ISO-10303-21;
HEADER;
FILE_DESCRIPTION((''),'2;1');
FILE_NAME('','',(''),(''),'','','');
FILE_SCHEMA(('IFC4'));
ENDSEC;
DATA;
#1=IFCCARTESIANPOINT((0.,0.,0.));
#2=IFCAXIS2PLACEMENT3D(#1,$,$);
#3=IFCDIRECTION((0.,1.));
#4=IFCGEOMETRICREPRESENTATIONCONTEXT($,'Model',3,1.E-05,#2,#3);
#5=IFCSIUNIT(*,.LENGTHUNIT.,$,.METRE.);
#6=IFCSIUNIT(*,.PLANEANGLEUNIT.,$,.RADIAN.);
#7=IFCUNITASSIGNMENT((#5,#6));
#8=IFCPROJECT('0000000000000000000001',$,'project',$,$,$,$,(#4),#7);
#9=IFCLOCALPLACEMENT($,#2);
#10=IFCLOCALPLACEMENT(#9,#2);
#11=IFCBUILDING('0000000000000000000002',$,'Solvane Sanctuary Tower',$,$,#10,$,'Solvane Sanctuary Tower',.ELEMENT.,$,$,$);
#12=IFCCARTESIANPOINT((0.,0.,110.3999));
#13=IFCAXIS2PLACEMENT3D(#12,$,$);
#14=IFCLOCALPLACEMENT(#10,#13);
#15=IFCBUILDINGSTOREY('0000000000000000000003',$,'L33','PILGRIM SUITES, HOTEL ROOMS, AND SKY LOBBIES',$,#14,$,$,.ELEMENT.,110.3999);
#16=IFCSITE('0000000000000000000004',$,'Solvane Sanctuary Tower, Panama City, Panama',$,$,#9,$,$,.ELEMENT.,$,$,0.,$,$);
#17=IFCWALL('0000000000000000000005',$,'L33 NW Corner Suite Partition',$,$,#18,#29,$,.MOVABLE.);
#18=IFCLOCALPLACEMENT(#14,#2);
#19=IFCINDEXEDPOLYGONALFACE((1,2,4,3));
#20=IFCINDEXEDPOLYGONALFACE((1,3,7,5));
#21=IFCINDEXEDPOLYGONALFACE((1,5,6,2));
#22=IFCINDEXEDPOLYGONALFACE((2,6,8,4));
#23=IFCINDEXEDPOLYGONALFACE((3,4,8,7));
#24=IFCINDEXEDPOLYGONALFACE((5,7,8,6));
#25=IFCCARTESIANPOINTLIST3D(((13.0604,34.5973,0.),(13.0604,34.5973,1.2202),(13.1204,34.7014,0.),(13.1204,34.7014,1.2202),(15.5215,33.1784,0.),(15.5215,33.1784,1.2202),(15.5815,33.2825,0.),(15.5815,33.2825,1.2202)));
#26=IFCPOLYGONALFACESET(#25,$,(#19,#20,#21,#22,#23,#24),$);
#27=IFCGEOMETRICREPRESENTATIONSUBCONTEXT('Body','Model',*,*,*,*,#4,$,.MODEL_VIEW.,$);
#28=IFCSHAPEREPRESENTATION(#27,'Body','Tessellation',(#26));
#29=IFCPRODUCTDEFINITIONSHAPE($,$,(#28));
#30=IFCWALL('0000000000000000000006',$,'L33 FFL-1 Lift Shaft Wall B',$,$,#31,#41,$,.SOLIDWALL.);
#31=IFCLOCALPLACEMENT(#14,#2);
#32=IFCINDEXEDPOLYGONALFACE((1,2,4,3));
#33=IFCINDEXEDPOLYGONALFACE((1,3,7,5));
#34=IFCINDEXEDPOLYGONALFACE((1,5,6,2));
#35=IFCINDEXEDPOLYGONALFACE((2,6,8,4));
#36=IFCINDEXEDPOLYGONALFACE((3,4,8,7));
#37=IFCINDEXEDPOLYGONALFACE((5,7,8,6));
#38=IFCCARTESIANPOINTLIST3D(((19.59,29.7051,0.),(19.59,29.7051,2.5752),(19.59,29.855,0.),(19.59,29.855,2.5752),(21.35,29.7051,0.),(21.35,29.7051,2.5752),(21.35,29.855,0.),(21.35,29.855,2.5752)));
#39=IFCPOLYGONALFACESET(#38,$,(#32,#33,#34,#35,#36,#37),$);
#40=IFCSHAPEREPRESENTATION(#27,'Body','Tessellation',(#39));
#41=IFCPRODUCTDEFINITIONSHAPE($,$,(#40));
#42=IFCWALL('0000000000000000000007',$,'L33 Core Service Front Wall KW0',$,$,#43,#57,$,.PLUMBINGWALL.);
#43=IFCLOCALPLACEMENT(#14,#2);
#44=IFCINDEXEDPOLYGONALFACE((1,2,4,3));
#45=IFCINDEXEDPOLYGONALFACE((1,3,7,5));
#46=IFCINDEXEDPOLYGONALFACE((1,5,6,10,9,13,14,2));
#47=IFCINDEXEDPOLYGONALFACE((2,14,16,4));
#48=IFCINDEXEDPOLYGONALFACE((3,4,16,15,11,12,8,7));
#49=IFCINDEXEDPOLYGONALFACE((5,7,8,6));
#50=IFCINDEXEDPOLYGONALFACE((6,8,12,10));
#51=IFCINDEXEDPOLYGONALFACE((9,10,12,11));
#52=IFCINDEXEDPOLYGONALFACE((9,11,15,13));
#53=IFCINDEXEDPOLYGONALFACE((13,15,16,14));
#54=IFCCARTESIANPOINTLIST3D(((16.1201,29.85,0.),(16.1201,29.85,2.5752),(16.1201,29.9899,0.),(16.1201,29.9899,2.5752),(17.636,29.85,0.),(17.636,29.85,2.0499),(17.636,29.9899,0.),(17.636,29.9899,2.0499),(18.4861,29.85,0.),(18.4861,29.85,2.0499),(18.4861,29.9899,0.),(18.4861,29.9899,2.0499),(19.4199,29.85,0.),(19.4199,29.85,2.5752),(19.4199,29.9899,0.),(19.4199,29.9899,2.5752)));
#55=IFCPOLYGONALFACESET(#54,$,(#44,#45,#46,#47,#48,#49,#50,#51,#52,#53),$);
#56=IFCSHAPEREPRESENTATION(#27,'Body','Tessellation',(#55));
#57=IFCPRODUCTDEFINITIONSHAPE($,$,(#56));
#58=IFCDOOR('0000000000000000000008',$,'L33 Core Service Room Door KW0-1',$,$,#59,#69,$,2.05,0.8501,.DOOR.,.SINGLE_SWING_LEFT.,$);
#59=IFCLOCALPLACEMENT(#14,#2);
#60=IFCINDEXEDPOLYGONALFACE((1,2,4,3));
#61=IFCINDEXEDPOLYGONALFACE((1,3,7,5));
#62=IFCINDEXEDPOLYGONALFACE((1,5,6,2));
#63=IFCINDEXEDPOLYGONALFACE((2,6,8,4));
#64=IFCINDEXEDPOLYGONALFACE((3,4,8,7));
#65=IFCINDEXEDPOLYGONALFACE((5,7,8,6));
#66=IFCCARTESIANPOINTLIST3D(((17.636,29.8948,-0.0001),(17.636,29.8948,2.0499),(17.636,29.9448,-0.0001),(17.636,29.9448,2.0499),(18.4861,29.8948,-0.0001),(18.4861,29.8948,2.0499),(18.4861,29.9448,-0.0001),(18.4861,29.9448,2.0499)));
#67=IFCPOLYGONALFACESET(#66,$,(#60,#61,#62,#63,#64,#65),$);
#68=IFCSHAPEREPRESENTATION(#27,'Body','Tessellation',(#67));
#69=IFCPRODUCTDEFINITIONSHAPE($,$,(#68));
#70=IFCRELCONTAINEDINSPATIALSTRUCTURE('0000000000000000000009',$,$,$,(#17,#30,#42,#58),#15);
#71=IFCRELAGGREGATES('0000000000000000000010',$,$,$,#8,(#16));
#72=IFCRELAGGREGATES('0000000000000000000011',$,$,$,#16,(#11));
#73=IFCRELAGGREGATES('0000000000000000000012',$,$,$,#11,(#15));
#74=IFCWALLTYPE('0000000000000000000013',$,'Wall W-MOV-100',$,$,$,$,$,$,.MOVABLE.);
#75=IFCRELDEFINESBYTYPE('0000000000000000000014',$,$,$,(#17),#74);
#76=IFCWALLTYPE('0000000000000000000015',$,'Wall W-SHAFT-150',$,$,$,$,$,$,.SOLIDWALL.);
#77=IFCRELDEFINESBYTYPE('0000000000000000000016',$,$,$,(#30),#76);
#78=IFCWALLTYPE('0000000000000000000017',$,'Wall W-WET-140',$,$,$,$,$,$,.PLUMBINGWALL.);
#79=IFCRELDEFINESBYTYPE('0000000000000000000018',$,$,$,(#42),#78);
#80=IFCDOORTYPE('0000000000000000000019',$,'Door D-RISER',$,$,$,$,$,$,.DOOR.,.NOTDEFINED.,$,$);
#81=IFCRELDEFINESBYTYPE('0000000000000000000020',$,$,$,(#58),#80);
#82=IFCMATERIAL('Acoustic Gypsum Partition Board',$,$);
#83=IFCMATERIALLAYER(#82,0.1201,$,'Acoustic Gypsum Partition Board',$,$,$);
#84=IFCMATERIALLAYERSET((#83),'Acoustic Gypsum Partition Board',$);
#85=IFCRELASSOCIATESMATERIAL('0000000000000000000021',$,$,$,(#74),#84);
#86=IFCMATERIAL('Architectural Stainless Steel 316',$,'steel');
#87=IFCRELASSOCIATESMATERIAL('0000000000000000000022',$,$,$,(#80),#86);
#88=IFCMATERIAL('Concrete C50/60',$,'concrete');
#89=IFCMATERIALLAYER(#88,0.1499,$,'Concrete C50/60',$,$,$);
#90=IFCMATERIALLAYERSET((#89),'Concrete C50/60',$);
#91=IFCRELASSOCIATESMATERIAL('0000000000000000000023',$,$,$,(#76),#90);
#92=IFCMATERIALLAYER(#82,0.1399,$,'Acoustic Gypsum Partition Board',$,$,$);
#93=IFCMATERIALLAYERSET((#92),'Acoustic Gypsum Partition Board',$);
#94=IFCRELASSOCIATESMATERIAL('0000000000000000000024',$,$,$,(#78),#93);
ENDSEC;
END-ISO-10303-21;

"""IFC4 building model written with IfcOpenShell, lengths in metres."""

from ifc_helpers import new_model, si_unit, direction, frame, frame_2d, origin, place, context, subcontext, project, spatial, rectangle, extrude, material, layer, layer_set, type_object, element, fill, save


model = new_model("IFC4")

# Units and contexts
model_context = context("Model", 3, precision=1e-05, world=origin(), true_north=direction((0.0, 1.0)))
body_context = subcontext(model_context, "Body", "Model", "MODEL_VIEW")
ifc_project = project(units=[si_unit("LENGTHUNIT", "METRE"), si_unit("PLANEANGLEUNIT", "RADIAN")], contexts=[model_context])

# Site, building, storey
site_placement = place(None, origin())
site = spatial("IfcSite", under=ifc_project, at=site_placement, Name="Solvane Sanctuary Tower, Panama City, Panama", CompositionType="ELEMENT", RefElevation=0.0)
building_placement = place(site_placement, origin())
building = spatial("IfcBuilding", under=site, at=building_placement, Name="Solvane Sanctuary Tower", LongName="Solvane Sanctuary Tower", CompositionType="ELEMENT")
storey_placement = place(building_placement, frame((0.0, 0.0, 110.3999)))
storey = spatial("IfcBuildingStorey", under=building, at=storey_placement, Name="L33", Description="PILGRIM SUITES, HOTEL ROOMS, AND SKY LOBBIES", CompositionType="ELEMENT", Elevation=110.3999)

# Shared definitions
ifc_material_1 = material(Name="Acoustic Gypsum Partition Board")

# Shared definitions
ifc_layer_1 = layer(ifc_material_1, 0.1201, Name="Acoustic Gypsum Partition Board")
ifc_layer_set_1 = layer_set([ifc_layer_1], Name="Acoustic Gypsum Partition Board")
wall_type_1 = type_object("IfcWallType", Name="Wall W-MOV-100", PredefinedType="MOVABLE", material=ifc_layer_set_1)

# Shared definitions
ifc_material_2 = material(Name="Architectural Stainless Steel 316", Category="steel")
door_type_1 = type_object("IfcDoorType", Name="Door D-RISER", OperationType="NOTDEFINED", PredefinedType="DOOR", material=ifc_material_2)

# Walls
wall_1_placement = place(storey_placement, frame((15.5515, 33.2305, 0.0), z_axis=(0.0, 0.0, 1.0), x_axis=(-0.866333, 0.499467, 0.0)))
element("IfcWall", 1, at=wall_1_placement, inside=storey, type_object=wall_type_1, Name="L33 NW Corner Suite Partition", PredefinedType="MOVABLE", context=body_context, shape_type="SweptSolid", body=[
    extrude(rectangle(XDim=2.8408, YDim=0.1201, at=frame_2d((1.4204, 0.0))), origin(), (0.0, 0.0, 1.0), 1.2202),
])
ifc_material_3 = material(Name="Concrete C50/60", Category="concrete")
ifc_layer_2 = layer(ifc_material_3, 0.1499, Name="Concrete C50/60")
ifc_layer_set_2 = layer_set([ifc_layer_2], Name="Concrete C50/60")
wall_type_2 = type_object("IfcWallType", Name="Wall W-SHAFT-150", PredefinedType="SOLIDWALL", material=ifc_layer_set_2)
wall_2_placement = place(storey_placement, frame((19.5901, 29.78, 0.0), z_axis=(0.0, 0.0, 1.0), x_axis=(1.0, 0.0, 0.0)))
element("IfcWall", 2, at=wall_2_placement, inside=storey, type_object=wall_type_2, Name="L33 FFL-1 Lift Shaft Wall B", PredefinedType="SOLIDWALL", context=body_context, shape_type="SweptSolid", body=[
    extrude(rectangle(XDim=1.76, YDim=0.1499, at=frame_2d((0.8799, 0.0))), origin(), (0.0, 0.0, 1.0), 2.5752),
])

# Wall, opening, door
ifc_layer_3 = layer(ifc_material_1, 0.1399, Name="Acoustic Gypsum Partition Board")
ifc_layer_set_3 = layer_set([ifc_layer_3], Name="Acoustic Gypsum Partition Board")
wall_type_3 = type_object("IfcWallType", Name="Wall W-WET-140", PredefinedType="PLUMBINGWALL", material=ifc_layer_set_3)
wall_3_placement = place(storey_placement, frame((16.1201, 29.9199, 0.0), z_axis=(0.0, 0.0, 1.0), x_axis=(1.0, 0.0, 0.0)))
wall_3 = element("IfcWall", 3, at=wall_3_placement, inside=storey, type_object=wall_type_3, Name="L33 Core Service Front Wall KW0", PredefinedType="PLUMBINGWALL", context=body_context, shape_type="SweptSolid", body=[
    extrude(rectangle(XDim=3.2998, YDim=0.1399, at=frame_2d((1.6499, 0.0))), origin(), (0.0, 0.0, 1.0), 2.5752),
])
opening_1_placement = place(wall_3_placement, frame((1.5159, 0.0, 0.0)))
opening_1 = element("IfcOpeningElement", 4, at=opening_1_placement, cuts=wall_3, PredefinedType="OPENING", context=body_context, shape_type="SweptSolid", body=[
    extrude(rectangle(XDim=0.8501, YDim=2.05, at=frame_2d((0.425, 1.0249))), frame((0.0, 0.0798, 0.0), z_axis=(0.0, -1.0, 0.0), x_axis=(1.0, 0.0, 0.0)), (0.0, 0.0, 1.0), 0.1599),
])
door_1_placement = place(opening_1_placement, origin())
door_1 = element("IfcDoor", 5, at=door_1_placement, inside=storey, type_object=door_type_1, Name="L33 Core Service Room Door KW0-1", OperationType="SINGLE_SWING_LEFT", OverallHeight=2.05, OverallWidth=0.8501, PredefinedType="DOOR", context=body_context, shape_type="SweptSolid", body=[
    extrude(rectangle(XDim=0.8501, YDim=2.05, at=frame_2d((0.425, 1.0249))), frame((0.0, 0.0249, 0.0), z_axis=(0.0, -1.0, 0.0), x_axis=(1.0, 0.0, 0.0)), (0.0, 0.0, 1.0), 0.05),
])
fill(opening_1, door_1)

save(model, "model.ifc")
